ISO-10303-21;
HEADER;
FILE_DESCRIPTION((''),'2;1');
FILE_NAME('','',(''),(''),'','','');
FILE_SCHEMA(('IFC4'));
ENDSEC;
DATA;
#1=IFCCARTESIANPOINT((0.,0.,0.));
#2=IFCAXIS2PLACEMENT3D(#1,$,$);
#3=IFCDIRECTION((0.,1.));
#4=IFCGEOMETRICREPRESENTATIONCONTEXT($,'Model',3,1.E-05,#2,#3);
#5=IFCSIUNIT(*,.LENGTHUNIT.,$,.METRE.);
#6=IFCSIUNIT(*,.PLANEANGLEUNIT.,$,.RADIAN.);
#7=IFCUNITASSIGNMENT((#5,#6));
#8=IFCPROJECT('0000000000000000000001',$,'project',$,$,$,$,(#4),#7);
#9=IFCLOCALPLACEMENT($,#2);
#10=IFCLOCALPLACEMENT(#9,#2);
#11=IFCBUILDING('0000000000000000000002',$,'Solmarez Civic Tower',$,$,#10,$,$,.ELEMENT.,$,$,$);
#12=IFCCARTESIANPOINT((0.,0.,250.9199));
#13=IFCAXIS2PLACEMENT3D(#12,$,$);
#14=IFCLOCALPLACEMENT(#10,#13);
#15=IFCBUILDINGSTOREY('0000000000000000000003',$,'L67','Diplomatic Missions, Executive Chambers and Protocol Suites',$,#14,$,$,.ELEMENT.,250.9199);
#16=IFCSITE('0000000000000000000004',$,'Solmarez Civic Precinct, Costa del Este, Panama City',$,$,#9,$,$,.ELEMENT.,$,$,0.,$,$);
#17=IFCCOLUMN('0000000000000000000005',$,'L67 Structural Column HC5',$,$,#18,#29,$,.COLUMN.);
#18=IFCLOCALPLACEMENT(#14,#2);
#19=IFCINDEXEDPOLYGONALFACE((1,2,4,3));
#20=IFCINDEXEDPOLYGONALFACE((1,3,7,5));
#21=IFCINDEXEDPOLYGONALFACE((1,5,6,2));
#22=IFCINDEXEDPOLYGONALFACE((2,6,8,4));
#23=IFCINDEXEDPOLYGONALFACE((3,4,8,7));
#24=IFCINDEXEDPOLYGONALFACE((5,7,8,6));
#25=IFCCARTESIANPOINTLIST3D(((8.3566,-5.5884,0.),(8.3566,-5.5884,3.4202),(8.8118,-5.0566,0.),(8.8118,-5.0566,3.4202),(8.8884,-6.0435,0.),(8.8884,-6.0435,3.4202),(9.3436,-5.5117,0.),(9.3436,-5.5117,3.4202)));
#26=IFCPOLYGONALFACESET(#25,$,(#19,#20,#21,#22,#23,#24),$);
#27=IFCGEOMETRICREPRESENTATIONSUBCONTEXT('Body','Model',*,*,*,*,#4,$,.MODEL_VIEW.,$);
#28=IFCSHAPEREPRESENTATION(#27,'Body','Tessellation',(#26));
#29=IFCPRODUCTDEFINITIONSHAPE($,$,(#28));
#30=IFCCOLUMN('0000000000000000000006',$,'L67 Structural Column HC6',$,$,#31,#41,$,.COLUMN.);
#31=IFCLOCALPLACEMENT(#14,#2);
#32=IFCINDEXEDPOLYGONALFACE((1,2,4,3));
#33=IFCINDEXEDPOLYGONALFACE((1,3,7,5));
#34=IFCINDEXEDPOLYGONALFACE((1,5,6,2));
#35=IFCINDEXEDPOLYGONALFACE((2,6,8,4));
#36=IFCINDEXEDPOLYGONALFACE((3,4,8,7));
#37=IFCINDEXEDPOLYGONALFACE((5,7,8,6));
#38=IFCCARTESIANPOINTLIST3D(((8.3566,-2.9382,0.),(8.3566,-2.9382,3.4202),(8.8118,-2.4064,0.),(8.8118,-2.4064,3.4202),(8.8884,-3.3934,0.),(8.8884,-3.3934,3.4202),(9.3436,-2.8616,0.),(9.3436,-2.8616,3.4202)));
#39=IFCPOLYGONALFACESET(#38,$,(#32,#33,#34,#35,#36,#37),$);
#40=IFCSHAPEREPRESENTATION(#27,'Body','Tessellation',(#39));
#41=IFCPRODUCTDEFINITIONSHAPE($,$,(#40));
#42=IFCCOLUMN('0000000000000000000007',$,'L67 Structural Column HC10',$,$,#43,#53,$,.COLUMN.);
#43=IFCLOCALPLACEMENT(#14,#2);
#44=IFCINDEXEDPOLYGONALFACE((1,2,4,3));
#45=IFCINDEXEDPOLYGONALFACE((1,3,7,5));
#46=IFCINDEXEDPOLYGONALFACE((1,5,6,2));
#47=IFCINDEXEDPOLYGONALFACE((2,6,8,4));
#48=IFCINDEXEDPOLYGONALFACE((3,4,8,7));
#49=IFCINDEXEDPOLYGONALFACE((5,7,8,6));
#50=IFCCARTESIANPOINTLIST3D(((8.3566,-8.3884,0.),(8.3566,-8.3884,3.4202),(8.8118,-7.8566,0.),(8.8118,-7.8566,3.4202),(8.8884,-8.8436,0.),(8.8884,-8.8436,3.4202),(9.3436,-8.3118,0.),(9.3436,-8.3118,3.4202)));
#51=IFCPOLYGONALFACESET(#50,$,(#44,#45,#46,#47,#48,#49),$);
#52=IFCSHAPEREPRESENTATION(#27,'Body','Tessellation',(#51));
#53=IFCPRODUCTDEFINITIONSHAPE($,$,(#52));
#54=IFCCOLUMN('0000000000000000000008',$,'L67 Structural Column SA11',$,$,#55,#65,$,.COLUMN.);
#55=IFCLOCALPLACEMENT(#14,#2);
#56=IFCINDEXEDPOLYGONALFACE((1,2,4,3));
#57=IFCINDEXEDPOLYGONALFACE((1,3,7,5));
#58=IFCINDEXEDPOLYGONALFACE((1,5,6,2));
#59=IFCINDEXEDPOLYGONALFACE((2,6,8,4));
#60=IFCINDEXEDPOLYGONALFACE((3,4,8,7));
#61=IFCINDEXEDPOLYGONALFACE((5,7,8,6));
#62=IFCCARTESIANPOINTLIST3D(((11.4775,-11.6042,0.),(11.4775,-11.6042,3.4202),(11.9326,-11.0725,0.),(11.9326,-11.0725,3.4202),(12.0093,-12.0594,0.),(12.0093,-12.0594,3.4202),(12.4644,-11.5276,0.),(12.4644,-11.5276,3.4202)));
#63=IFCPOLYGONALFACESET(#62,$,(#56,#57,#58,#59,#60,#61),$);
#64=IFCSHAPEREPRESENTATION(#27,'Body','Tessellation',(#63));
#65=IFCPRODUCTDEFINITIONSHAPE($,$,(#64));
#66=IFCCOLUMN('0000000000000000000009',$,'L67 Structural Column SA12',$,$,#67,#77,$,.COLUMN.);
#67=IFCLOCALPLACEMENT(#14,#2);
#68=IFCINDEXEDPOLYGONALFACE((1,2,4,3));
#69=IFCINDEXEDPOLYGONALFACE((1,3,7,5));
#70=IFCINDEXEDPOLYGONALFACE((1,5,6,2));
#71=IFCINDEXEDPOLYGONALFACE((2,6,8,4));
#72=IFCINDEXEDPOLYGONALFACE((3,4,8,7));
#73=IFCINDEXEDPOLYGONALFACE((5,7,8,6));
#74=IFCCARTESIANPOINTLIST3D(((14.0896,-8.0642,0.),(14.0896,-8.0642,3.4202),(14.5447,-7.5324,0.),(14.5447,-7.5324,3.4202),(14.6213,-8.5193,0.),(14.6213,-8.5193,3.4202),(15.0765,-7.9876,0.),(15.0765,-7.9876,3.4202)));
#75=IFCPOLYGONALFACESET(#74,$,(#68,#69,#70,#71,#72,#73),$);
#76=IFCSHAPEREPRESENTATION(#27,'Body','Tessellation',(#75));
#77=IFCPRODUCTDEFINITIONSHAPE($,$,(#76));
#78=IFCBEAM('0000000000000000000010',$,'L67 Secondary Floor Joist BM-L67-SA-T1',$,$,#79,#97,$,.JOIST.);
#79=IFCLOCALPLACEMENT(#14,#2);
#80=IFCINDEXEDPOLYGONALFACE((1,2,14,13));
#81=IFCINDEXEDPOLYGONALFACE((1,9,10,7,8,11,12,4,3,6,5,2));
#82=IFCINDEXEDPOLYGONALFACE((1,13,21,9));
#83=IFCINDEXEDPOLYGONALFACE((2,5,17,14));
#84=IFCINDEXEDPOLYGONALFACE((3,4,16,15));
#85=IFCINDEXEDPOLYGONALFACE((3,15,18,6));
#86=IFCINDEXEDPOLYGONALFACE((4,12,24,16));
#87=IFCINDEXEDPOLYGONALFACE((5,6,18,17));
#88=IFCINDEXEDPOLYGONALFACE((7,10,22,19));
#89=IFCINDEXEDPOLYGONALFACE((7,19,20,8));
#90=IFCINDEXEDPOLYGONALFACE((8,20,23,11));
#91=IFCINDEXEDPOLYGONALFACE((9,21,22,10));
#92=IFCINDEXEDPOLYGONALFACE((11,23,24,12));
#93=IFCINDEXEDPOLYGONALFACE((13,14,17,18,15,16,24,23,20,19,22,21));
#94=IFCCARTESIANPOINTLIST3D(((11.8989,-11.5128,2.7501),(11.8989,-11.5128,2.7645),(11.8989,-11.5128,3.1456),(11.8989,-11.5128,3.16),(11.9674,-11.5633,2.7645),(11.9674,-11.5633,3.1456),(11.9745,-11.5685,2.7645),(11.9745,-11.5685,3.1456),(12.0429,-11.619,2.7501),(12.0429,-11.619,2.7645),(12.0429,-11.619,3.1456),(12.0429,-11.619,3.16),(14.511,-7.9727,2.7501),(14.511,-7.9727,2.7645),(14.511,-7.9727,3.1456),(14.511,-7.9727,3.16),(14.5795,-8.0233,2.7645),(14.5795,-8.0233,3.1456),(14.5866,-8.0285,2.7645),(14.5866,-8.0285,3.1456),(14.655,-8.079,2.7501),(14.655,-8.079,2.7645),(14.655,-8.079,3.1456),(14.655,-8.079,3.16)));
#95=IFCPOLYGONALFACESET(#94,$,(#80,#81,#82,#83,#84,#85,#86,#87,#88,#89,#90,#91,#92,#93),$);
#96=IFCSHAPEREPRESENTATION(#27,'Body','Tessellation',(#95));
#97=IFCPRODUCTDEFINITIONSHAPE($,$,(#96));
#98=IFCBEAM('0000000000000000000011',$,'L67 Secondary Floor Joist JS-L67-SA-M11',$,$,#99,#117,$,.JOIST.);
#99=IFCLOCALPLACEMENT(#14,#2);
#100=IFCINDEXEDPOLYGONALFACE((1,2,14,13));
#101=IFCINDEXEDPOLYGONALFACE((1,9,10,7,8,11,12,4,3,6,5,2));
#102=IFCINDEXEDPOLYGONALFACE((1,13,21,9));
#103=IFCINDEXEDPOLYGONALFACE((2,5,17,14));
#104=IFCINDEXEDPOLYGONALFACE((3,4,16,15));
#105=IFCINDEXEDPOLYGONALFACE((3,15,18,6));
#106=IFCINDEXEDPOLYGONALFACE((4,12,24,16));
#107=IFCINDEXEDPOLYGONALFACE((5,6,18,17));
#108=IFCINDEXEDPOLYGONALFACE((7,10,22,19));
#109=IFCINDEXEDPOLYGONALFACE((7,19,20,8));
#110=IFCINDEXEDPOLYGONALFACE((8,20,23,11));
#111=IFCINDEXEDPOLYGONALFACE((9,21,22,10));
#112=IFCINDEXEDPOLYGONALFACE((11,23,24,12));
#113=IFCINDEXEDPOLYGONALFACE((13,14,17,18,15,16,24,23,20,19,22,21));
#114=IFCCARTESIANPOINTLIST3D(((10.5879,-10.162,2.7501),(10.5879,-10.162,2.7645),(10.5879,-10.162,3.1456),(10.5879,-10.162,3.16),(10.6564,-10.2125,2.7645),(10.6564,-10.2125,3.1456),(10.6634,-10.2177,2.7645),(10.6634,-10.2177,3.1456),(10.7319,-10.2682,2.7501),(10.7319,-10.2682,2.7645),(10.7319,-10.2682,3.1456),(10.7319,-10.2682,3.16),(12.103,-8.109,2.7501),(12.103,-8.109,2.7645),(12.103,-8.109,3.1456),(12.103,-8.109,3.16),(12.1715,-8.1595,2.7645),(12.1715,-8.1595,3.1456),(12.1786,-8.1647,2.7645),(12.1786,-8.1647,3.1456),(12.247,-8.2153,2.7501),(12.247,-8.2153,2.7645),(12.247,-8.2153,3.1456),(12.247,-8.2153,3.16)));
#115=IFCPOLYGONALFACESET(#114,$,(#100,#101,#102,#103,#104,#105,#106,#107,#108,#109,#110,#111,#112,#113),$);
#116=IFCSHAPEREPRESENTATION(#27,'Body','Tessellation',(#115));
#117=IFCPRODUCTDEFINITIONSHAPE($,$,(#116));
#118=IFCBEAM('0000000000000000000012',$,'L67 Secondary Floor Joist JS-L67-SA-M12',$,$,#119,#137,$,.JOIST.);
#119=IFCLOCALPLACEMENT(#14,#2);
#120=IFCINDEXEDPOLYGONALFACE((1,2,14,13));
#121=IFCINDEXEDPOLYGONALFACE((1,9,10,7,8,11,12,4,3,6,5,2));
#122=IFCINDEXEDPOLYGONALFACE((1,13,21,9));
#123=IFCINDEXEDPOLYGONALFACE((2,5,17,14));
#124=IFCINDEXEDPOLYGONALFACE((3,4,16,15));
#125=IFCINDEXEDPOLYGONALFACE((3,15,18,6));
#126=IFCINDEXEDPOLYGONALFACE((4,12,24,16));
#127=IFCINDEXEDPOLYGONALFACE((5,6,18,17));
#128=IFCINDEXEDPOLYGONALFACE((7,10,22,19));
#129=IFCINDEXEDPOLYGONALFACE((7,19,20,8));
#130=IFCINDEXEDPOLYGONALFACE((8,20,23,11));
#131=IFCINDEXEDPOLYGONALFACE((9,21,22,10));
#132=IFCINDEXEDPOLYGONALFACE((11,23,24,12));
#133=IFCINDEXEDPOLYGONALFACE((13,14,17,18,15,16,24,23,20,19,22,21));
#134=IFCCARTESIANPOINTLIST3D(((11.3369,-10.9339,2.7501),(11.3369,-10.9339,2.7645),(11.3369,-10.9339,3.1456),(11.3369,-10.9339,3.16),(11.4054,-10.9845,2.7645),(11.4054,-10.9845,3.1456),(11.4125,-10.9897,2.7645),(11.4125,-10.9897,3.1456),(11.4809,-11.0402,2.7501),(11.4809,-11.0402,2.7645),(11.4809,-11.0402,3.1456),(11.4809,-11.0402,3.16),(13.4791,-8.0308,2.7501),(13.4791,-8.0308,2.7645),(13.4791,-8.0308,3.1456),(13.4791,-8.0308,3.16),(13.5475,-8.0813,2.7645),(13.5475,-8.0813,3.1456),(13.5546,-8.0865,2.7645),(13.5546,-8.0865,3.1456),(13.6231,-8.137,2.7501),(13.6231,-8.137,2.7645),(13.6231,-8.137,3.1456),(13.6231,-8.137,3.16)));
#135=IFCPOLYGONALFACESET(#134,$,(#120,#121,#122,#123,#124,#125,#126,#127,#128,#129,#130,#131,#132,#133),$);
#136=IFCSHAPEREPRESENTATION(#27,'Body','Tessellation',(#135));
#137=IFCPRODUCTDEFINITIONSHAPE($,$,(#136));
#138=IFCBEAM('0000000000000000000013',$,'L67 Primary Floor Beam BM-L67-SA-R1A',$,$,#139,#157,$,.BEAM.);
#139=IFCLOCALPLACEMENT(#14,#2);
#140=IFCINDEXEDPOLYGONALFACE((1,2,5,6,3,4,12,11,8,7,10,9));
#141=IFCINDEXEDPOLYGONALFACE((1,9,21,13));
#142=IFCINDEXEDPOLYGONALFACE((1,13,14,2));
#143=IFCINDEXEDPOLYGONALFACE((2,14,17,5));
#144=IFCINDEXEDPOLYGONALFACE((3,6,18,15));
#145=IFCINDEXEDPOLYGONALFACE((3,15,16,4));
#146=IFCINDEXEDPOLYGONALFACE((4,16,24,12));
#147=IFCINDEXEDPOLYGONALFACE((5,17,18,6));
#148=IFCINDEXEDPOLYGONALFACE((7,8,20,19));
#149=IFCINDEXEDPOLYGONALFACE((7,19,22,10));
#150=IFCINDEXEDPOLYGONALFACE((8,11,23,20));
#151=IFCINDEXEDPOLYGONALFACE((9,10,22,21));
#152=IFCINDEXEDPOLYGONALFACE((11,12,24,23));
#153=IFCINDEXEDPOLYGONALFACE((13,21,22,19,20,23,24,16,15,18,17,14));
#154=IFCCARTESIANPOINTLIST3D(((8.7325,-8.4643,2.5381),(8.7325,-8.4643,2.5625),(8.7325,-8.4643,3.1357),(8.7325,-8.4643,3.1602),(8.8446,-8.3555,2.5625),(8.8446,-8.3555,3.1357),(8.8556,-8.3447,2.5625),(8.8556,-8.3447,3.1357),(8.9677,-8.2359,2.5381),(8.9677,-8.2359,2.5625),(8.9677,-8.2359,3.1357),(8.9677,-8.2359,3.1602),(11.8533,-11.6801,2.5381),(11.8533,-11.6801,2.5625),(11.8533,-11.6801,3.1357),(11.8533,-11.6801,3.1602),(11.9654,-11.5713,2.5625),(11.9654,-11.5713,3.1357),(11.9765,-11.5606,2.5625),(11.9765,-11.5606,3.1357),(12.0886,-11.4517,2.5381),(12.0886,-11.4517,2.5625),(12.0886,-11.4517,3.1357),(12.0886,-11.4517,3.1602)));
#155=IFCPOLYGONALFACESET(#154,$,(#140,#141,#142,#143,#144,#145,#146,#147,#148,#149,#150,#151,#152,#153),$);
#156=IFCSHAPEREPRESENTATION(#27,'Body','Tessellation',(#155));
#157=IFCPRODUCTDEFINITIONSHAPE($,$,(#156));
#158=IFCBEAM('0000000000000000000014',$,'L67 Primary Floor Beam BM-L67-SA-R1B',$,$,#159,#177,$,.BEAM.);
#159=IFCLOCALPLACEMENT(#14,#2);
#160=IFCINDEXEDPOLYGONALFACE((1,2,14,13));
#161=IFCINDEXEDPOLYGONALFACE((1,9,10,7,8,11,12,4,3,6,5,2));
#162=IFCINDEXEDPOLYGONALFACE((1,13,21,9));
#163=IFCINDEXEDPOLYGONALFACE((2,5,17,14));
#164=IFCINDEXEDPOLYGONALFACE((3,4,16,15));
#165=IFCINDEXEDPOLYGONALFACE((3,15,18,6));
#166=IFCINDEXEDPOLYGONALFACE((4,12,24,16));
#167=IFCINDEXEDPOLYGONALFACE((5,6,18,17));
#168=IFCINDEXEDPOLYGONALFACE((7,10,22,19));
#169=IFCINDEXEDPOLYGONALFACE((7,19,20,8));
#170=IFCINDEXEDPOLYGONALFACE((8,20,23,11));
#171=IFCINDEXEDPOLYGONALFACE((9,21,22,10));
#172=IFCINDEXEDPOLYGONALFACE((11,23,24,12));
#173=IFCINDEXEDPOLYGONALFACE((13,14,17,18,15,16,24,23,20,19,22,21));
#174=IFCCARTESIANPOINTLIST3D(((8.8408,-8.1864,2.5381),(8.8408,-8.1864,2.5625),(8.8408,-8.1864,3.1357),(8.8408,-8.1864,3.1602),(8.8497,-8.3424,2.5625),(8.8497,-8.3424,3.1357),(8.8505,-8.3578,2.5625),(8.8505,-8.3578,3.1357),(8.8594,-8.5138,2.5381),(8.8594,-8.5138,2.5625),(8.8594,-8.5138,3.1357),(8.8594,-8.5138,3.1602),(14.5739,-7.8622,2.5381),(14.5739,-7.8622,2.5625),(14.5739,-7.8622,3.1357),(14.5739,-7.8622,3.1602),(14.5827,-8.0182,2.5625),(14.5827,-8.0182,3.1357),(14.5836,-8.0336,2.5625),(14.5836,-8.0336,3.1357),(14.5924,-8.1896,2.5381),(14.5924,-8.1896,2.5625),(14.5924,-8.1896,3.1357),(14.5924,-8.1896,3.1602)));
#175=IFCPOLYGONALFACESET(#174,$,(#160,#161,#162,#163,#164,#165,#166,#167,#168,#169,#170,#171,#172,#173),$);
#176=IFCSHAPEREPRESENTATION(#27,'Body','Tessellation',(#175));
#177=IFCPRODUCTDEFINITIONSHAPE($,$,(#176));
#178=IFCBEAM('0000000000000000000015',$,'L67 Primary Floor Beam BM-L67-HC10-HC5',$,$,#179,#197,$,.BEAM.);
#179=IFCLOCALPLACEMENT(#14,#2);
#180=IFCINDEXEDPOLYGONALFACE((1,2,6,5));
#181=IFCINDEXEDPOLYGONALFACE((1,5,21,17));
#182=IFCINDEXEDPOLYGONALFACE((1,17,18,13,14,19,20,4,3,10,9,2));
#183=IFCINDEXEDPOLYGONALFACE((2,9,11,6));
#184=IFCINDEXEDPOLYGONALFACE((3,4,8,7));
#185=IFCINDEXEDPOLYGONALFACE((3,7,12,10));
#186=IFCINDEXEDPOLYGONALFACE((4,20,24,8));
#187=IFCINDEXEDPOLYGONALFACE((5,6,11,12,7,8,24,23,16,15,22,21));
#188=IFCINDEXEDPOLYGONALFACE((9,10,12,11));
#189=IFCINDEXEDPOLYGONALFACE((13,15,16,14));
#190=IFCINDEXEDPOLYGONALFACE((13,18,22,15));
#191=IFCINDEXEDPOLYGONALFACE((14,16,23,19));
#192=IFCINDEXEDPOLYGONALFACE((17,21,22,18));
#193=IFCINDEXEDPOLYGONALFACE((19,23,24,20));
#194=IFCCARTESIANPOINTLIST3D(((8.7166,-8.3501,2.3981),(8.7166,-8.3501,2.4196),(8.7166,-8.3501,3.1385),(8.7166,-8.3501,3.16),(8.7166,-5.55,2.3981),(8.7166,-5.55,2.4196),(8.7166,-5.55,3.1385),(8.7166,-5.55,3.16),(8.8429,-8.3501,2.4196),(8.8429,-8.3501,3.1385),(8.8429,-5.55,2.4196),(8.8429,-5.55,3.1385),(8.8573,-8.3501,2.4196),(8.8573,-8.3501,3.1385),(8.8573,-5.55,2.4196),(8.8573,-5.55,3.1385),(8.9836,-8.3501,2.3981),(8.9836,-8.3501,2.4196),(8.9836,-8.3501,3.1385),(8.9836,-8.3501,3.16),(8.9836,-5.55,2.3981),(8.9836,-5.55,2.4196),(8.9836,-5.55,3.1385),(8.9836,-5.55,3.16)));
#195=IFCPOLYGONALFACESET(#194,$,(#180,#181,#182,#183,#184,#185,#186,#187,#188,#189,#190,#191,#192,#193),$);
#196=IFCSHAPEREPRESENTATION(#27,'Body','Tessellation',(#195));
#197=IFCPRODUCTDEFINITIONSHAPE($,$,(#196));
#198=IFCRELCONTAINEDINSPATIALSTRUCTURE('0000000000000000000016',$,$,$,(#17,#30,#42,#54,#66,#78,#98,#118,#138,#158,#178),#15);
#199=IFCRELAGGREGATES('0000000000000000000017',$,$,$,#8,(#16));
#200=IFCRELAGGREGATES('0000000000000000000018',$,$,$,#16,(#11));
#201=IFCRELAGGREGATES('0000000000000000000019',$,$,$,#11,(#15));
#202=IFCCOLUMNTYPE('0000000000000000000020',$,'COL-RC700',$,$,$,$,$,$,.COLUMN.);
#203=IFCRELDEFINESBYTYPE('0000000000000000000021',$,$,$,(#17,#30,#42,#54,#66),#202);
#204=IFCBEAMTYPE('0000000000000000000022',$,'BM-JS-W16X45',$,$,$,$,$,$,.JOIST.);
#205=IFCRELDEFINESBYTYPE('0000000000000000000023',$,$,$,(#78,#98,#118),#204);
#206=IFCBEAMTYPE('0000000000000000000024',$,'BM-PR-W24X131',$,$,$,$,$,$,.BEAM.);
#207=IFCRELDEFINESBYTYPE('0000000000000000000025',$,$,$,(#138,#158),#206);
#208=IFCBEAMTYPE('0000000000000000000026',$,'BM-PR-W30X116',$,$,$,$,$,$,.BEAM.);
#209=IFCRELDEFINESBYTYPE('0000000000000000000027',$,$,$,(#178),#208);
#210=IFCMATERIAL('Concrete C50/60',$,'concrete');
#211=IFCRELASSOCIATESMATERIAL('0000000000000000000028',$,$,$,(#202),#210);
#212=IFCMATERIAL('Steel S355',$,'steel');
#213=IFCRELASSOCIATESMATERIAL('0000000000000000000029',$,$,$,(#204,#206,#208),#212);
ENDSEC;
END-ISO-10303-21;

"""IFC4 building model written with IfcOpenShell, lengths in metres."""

from ifc_helpers import new_model, si_unit, direction, frame, origin, origin_2d, place, context, subcontext, project, spatial, rectangle, i_section, extrude, material, material_profile, profile_set, type_object, element, save


model = new_model("IFC4")

# Units and contexts
model_context = context("Model", 3, precision=1e-05, world=origin(), true_north=direction((0.0, 1.0)))
body_context = subcontext(model_context, "Body", "Model", "MODEL_VIEW")
ifc_project = project(units=[si_unit("LENGTHUNIT", "METRE"), si_unit("PLANEANGLEUNIT", "RADIAN")], contexts=[model_context])

# Site, building, storey
site_placement = place(None, origin())
site = spatial("IfcSite", under=ifc_project, at=site_placement, Name="Solmarez Civic Precinct, Costa del Este, Panama City", CompositionType="ELEMENT", RefElevation=0.0)
building_placement = place(site_placement, origin())
building = spatial("IfcBuilding", under=site, at=building_placement, Name="Solmarez Civic Tower", CompositionType="ELEMENT")
storey_placement = place(building_placement, frame((0.0, 0.0, 250.9199)))
storey = spatial("IfcBuildingStorey", under=building, at=storey_placement, Name="L67", Description="Diplomatic Missions, Executive Chambers and Protocol Suites", CompositionType="ELEMENT", Elevation=250.9199)

# Columns
ifc_material_1 = material(Name="Concrete C50/60", Category="concrete")
ifc_material_profile_1 = material_profile(ifc_material_1, rectangle(XDim=0.7, YDim=0.7, at=origin_2d()), Name="RC700X700")
ifc_profile_set_1 = profile_set([ifc_material_profile_1], Name="Concrete C50/60")
column_type = type_object("IfcColumnType", Name="COL-RC700", PredefinedType="COLUMN", material=ifc_profile_set_1)
for number, where, z_axis, x_axis, name in (
    (1, (8.8501, -5.55, 0.0), (0.0, 0.0, 1.0), (0.650244, 0.759725, 0.0), "L67 Structural Column HC5"),
    (2, (8.8501, -2.8999, 0.0), (0.0, 0.0, 1.0), (0.650244, 0.759725, 0.0), "L67 Structural Column HC6"),
    (3, (8.8501, -8.3501, 0.0), (0.0, 0.0, 1.0), (0.650244, 0.759725, 0.0), "L67 Structural Column HC10"),
    (4, (11.9709, -11.5659, 0.0), (0.0, 0.0, 1.0), (0.650244, 0.759725, 0.0), "L67 Structural Column SA11"),
    (5, (14.583, -8.0259, 0.0), (0.0, 0.0, 1.0), (0.650244, 0.759725, 0.0), "L67 Structural Column SA12"),
):
    element("IfcColumn", number, at=place(storey_placement, frame(where, z_axis=z_axis, x_axis=x_axis)), inside=storey, type_object=column_type, Name=name, PredefinedType="COLUMN", context=body_context, shape_type="SweptSolid", body=[
        extrude(rectangle(XDim=0.7, YDim=0.7, at=origin_2d()), origin(), (0.0, 0.0, 1.0), 3.4202),
    ])

# Beams
ifc_material_2 = material(Name="Steel S355", Category="steel")
ifc_material_profile_2 = material_profile(ifc_material_2, i_section(OverallWidth=0.179, OverallDepth=0.4099, WebThickness=0.0088, FlangeThickness=0.0144, at=origin_2d()), Name="W16X45")
ifc_profile_set_2 = profile_set([ifc_material_profile_2], Name="Steel S355")
beam_type_1 = type_object("IfcBeamType", Name="BM-JS-W16X45", PredefinedType="JOIST", material=ifc_profile_set_2)
beam_1_placement = place(storey_placement, frame((11.9709, -11.5659, 2.9551), z_axis=(0.593731, 0.804664, 0.0), x_axis=(-0.804664, 0.593731, 0.0)))
element("IfcBeam", 6, at=beam_1_placement, inside=storey, type_object=beam_type_1, Name="L67 Secondary Floor Joist BM-L67-SA-T1", PredefinedType="JOIST", context=body_context, shape_type="SweptSolid", body=[
    extrude(i_section(OverallWidth=0.179, OverallDepth=0.4099, WebThickness=0.0088, FlangeThickness=0.0144, at=origin_2d()), origin(), (0.0, 0.0, 1.0), 4.3994),
])
beam_2_placement = place(storey_placement, frame((10.6599, -10.2151, 2.9551), z_axis=(0.593812, 0.804603, 0.0), x_axis=(-0.804603, 0.593812, 0.0)))
element("IfcBeam", 7, at=beam_2_placement, inside=storey, type_object=beam_type_1, Name="L67 Secondary Floor Joist JS-L67-SA-M11", PredefinedType="JOIST", context=body_context, shape_type="SweptSolid", body=[
    extrude(i_section(OverallWidth=0.179, OverallDepth=0.4099, WebThickness=0.0088, FlangeThickness=0.0144, at=origin_2d()), origin(), (0.0, 0.0, 1.0), 2.5515),
])
beam_3_placement = place(storey_placement, frame((11.4089, -10.9871, 2.9551), z_axis=(0.593734, 0.804661, 0.0), x_axis=(-0.804661, 0.593734, 0.0)))
element("IfcBeam", 8, at=beam_3_placement, inside=storey, type_object=beam_type_1, Name="L67 Secondary Floor Joist JS-L67-SA-M12", PredefinedType="JOIST", context=body_context, shape_type="SweptSolid", body=[
    extrude(i_section(OverallWidth=0.179, OverallDepth=0.4099, WebThickness=0.0088, FlangeThickness=0.0144, at=origin_2d()), origin(), (0.0, 0.0, 1.0), 3.6079),
])
ifc_material_profile_3 = material_profile(ifc_material_2, i_section(OverallWidth=0.3279, OverallDepth=0.6221, WebThickness=0.0154, FlangeThickness=0.0244, at=origin_2d()), Name="W24X131")
ifc_profile_set_3 = profile_set([ifc_material_profile_3], Name="Steel S355")
beam_type_2 = type_object("IfcBeamType", Name="BM-PR-W24X131", PredefinedType="BEAM", material=ifc_profile_set_3)
beam_4_placement = place(storey_placement, frame((8.8501, -8.3501, 2.8491), z_axis=(0.696431, -0.717624, 0.0), x_axis=(0.717624, 0.696431, 0.0)))
element("IfcBeam", 9, at=beam_4_placement, inside=storey, type_object=beam_type_2, Name="L67 Primary Floor Beam BM-L67-SA-R1A", PredefinedType="BEAM", context=body_context, shape_type="SweptSolid", body=[
    extrude(i_section(OverallWidth=0.3279, OverallDepth=0.6221, WebThickness=0.0154, FlangeThickness=0.0244, at=origin_2d()), origin(), (0.0, 0.0, 1.0), 4.4812),
])
beam_5_placement = place(storey_placement, frame((8.8501, -8.3501, 2.8491), z_axis=(0.998405, 0.056464, 0.0), x_axis=(-0.056464, 0.998405, 0.0)))
element("IfcBeam", 10, at=beam_5_placement, inside=storey, type_object=beam_type_2, Name="L67 Primary Floor Beam BM-L67-SA-R1B", PredefinedType="BEAM", context=body_context, shape_type="SweptSolid", body=[
    extrude(i_section(OverallWidth=0.3279, OverallDepth=0.6221, WebThickness=0.0154, FlangeThickness=0.0244, at=origin_2d()), origin(), (0.0, 0.0, 1.0), 5.7422),
])
ifc_material_profile_4 = material_profile(ifc_material_2, i_section(OverallWidth=0.2671, OverallDepth=0.762, WebThickness=0.0144, FlangeThickness=0.0215, at=origin_2d()), Name="W30X116")
ifc_profile_set_4 = profile_set([ifc_material_profile_4], Name="Steel S355")
beam_type_3 = type_object("IfcBeamType", Name="BM-PR-W30X116", PredefinedType="BEAM", material=ifc_profile_set_4)
beam_6_placement = place(storey_placement, frame((8.8501, -8.3501, 2.7791), z_axis=(0.0, 1.0, 0.0), x_axis=(-1.0, 0.0, 0.0)))
element("IfcBeam", 11, at=beam_6_placement, inside=storey, type_object=beam_type_3, Name="L67 Primary Floor Beam BM-L67-HC10-HC5", PredefinedType="BEAM", context=body_context, shape_type="SweptSolid", body=[
    extrude(i_section(OverallWidth=0.2671, OverallDepth=0.762, WebThickness=0.0144, FlangeThickness=0.0215, at=origin_2d()), origin(), (0.0, 0.0, 1.0), 2.8),
])

save(model, "model.ifc")
